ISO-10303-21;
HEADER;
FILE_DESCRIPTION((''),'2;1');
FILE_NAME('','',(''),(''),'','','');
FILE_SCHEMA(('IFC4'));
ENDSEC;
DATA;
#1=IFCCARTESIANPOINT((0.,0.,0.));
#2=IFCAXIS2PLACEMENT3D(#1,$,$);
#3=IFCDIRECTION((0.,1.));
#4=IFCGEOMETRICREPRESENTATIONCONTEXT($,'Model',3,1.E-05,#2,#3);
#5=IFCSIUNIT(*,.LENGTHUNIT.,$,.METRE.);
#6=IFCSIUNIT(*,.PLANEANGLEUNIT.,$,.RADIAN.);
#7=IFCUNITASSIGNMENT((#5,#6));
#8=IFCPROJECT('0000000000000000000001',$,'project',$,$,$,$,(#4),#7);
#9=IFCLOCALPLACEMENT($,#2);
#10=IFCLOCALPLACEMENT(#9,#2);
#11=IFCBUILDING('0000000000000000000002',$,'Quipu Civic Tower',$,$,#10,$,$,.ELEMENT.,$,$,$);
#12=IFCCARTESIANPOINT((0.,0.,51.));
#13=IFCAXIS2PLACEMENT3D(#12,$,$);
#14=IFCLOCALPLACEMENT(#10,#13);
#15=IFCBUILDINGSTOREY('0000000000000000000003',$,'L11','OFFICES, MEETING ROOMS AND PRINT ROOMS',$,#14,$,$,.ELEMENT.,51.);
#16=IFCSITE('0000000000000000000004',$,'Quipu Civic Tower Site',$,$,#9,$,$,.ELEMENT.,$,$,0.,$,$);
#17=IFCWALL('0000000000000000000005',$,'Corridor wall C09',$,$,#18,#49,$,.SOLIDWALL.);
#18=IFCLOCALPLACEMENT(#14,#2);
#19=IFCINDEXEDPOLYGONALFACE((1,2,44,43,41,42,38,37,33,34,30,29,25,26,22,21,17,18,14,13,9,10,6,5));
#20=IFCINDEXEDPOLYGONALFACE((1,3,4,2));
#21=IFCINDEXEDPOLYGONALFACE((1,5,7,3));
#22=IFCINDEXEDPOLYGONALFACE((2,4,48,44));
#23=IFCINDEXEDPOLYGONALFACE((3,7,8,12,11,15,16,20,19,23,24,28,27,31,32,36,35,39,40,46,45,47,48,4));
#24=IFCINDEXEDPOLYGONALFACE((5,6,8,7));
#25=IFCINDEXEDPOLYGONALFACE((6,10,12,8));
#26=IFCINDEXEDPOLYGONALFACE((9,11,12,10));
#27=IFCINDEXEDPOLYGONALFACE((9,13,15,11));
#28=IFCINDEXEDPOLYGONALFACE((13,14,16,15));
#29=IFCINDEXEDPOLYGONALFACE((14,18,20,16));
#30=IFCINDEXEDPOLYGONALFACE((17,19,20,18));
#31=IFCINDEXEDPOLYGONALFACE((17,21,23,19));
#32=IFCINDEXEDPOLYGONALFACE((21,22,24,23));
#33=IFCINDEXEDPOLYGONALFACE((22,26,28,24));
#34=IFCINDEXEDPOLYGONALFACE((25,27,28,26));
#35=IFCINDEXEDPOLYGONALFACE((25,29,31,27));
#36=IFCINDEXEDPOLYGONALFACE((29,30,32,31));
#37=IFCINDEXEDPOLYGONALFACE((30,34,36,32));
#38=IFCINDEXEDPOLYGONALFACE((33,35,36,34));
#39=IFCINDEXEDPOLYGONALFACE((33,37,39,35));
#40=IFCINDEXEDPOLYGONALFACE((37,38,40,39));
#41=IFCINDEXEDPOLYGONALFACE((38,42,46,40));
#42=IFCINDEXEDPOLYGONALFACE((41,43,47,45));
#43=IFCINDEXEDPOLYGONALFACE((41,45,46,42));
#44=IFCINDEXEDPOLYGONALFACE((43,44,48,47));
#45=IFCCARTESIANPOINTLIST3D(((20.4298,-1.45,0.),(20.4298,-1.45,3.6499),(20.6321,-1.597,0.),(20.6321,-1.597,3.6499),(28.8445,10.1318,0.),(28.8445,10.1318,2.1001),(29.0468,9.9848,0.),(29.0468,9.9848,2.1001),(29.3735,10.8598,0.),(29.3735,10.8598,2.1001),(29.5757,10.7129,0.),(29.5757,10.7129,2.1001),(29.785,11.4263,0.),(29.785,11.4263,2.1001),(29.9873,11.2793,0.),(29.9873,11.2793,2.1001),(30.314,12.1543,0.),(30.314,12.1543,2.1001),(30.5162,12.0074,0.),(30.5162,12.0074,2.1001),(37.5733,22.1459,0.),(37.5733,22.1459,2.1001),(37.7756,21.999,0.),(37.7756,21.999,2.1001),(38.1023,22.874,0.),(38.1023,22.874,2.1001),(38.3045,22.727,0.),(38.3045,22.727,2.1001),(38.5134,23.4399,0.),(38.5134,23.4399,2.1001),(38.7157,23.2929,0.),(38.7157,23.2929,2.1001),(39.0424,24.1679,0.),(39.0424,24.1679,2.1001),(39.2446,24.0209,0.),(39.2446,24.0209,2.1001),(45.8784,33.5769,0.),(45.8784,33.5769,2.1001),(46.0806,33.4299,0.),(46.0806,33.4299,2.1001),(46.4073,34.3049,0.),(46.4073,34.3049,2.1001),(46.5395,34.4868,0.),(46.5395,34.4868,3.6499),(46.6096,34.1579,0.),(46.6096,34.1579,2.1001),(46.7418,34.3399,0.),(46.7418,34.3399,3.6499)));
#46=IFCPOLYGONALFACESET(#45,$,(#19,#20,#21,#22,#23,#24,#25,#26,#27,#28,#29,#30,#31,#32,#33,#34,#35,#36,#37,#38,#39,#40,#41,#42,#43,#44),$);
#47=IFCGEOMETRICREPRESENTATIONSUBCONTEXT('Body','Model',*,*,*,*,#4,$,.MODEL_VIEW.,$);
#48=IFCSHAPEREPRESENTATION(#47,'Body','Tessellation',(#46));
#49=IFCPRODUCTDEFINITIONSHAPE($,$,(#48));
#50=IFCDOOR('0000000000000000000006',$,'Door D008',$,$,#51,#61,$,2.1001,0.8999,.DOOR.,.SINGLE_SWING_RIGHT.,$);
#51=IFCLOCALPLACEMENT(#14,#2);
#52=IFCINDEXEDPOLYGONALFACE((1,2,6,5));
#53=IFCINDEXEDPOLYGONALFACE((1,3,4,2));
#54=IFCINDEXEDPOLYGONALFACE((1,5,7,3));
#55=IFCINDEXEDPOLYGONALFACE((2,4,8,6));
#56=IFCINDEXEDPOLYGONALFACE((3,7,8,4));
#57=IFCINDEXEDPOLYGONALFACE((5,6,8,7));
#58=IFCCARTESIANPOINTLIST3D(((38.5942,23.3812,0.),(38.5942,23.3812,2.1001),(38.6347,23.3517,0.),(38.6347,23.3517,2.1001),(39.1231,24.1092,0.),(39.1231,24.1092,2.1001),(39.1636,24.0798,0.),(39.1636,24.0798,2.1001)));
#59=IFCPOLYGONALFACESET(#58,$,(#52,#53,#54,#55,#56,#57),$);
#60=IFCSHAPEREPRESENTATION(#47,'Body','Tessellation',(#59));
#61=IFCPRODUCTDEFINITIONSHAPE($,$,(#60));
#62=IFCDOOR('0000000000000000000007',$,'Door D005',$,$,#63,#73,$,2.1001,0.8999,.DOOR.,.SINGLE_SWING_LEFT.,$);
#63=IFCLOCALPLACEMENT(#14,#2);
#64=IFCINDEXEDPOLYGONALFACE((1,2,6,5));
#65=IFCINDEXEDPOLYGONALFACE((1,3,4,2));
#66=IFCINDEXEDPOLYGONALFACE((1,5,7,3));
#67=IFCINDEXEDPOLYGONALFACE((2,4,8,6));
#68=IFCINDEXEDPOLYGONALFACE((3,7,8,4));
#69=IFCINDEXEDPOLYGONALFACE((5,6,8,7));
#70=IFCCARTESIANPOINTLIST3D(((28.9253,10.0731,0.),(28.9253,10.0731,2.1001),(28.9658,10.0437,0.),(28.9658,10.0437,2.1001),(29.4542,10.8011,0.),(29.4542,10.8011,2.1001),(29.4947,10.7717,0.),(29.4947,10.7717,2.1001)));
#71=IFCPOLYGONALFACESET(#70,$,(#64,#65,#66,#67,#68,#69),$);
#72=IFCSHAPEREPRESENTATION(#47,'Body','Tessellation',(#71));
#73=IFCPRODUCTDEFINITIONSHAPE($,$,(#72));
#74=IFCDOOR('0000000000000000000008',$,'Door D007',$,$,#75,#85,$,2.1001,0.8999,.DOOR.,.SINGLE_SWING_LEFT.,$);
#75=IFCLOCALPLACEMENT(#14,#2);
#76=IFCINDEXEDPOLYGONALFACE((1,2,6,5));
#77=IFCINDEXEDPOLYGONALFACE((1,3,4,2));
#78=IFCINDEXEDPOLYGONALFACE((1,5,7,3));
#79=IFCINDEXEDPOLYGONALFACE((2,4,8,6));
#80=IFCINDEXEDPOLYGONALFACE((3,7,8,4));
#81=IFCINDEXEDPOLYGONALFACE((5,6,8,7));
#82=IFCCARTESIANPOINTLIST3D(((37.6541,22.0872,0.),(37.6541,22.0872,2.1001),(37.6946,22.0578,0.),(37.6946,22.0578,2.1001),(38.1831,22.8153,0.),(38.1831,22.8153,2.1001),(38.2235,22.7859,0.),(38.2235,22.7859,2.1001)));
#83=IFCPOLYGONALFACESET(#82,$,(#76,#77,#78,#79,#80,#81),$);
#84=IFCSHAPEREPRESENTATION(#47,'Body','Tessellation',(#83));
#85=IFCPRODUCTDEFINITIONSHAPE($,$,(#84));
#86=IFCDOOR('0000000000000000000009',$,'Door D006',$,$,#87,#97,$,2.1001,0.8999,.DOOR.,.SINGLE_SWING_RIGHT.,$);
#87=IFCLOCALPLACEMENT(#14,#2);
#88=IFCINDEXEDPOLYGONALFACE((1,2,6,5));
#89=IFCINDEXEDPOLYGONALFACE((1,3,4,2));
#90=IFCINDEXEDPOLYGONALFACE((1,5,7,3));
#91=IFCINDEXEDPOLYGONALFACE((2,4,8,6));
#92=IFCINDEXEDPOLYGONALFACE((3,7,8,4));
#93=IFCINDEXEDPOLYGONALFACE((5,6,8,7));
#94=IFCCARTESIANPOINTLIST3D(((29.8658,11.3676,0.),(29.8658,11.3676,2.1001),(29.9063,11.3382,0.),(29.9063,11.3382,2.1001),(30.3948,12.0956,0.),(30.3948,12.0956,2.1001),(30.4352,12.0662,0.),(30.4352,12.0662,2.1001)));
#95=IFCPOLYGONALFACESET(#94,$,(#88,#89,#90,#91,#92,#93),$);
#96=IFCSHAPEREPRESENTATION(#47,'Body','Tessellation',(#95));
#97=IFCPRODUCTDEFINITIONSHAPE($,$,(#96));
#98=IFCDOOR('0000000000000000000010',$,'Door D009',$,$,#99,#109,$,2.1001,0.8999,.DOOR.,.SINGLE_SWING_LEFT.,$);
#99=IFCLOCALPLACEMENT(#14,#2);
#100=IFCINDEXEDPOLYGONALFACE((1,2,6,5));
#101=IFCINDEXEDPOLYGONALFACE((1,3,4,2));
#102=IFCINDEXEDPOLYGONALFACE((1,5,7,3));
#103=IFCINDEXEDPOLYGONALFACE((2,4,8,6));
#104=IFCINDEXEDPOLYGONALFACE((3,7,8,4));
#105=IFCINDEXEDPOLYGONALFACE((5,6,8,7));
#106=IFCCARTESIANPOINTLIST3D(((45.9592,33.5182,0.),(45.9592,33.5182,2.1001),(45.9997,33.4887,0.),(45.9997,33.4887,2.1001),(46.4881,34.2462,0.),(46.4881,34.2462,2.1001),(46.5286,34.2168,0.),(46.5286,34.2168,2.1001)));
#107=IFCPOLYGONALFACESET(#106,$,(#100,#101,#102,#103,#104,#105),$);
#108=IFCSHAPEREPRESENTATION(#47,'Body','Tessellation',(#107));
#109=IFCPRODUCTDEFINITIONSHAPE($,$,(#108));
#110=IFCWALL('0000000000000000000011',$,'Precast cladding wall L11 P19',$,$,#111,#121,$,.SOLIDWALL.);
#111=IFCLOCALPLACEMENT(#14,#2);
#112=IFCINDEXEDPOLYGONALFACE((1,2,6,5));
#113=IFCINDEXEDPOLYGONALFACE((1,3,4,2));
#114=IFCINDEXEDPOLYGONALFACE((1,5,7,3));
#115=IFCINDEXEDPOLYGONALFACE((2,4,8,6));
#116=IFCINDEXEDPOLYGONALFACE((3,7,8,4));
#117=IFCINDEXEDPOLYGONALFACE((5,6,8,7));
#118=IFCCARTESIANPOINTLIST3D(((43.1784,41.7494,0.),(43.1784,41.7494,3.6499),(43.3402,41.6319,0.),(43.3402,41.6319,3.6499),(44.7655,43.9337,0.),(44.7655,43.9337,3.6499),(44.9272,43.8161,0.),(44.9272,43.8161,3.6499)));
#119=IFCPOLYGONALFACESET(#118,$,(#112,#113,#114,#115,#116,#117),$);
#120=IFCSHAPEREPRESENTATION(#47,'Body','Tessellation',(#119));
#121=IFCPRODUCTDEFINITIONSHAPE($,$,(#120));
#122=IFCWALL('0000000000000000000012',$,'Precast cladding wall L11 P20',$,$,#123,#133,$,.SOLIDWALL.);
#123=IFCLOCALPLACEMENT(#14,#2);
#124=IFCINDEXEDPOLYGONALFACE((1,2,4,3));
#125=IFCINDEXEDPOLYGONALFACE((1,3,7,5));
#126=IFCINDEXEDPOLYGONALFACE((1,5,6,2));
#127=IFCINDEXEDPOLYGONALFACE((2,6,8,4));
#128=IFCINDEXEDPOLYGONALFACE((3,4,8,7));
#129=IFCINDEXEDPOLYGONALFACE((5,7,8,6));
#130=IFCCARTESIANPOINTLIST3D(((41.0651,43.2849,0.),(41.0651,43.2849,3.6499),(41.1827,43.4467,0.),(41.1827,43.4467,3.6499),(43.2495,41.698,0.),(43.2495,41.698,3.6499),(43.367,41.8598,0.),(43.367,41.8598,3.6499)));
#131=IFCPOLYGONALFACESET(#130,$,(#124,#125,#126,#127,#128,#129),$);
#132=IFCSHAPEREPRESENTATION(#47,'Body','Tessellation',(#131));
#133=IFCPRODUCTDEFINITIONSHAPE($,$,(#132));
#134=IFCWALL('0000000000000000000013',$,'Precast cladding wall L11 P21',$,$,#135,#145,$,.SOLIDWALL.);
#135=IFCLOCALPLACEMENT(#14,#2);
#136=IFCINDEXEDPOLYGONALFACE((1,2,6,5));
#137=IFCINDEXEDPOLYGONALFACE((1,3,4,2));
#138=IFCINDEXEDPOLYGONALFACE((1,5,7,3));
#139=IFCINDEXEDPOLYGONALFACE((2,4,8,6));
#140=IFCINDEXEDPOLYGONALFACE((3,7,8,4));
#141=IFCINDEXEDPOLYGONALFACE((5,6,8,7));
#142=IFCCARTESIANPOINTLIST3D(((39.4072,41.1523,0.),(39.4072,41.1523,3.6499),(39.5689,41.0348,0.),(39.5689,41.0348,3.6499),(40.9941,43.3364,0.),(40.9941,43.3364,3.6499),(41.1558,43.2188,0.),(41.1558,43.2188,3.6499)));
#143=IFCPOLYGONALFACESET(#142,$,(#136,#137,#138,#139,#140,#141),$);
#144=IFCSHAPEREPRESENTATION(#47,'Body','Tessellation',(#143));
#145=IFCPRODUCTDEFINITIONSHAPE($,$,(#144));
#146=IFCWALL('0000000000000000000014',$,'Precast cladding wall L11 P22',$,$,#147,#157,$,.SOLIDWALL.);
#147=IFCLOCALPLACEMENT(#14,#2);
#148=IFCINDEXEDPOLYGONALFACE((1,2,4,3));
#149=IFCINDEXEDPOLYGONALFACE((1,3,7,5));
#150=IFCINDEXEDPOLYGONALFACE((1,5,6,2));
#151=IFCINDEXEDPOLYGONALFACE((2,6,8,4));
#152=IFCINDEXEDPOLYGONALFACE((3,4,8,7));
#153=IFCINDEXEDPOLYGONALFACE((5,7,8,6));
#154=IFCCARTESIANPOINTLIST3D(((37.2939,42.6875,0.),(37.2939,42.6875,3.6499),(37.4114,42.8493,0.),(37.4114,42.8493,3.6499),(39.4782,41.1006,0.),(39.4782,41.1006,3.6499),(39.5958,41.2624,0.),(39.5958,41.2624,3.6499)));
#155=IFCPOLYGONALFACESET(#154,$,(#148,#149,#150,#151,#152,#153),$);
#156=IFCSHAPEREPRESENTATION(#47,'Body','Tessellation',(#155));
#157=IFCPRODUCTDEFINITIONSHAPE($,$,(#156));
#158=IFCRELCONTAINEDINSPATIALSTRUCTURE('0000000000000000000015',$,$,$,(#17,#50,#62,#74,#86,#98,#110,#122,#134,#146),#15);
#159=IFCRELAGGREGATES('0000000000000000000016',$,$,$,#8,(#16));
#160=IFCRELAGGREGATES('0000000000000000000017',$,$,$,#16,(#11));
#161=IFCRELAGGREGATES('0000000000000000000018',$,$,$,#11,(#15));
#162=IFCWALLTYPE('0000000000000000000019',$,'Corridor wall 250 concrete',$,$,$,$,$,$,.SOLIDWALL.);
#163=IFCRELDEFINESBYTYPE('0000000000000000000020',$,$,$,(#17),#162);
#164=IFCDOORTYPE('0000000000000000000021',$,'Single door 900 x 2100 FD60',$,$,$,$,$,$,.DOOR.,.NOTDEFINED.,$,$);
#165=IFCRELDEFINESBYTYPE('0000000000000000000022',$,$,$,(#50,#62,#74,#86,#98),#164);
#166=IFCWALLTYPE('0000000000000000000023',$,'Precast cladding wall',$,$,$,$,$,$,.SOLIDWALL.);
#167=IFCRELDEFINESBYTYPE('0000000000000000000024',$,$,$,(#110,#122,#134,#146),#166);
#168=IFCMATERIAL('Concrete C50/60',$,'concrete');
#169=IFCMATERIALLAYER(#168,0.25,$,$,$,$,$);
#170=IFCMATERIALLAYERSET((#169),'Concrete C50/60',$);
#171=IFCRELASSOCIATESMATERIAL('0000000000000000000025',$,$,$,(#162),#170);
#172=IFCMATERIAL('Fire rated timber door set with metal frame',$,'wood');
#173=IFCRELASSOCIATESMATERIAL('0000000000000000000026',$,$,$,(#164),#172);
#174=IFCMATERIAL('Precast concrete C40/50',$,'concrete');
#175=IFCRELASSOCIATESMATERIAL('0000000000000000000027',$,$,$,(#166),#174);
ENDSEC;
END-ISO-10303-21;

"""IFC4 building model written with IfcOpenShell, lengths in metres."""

from ifc_helpers import new_model, si_unit, direction, frame, frame_2d, origin, place, context, subcontext, project, spatial, rectangle, extrude, material, layer, layer_set, type_object, element, fill, save


model = new_model("IFC4")

# Units and contexts
model_context = context("Model", 3, precision=1e-05, world=origin(), true_north=direction((0.0, 1.0)))
body_context = subcontext(model_context, "Body", "Model", "MODEL_VIEW")
ifc_project = project(units=[si_unit("LENGTHUNIT", "METRE"), si_unit("PLANEANGLEUNIT", "RADIAN")], contexts=[model_context])

# Site, building, storey
site_placement = place(None, origin())
site = spatial("IfcSite", under=ifc_project, at=site_placement, Name="Quipu Civic Tower Site", CompositionType="ELEMENT", RefElevation=0.0)
building_placement = place(site_placement, origin())
building = spatial("IfcBuilding", under=site, at=building_placement, Name="Quipu Civic Tower", CompositionType="ELEMENT")
storey_placement = place(building_placement, frame((0.0, 0.0, 51.0)))
storey = spatial("IfcBuildingStorey", under=building, at=storey_placement, Name="L11", Description="OFFICES, MEETING ROOMS AND PRINT ROOMS", CompositionType="ELEMENT", Elevation=51.0)

# Shared definitions
ifc_material_1 = material(Name="Concrete C50/60", Category="concrete")
ifc_layer_1 = layer(ifc_material_1, 0.25)
ifc_layer_set_1 = layer_set([ifc_layer_1], Name="Concrete C50/60")
wall_type_1 = type_object("IfcWallType", Name="Corridor wall 250 concrete", PredefinedType="SOLIDWALL", material=ifc_layer_set_1)

# Wall, openings, doors
wall_1_placement = place(storey_placement, frame((46.6406, 34.4133, 0.0), z_axis=(0.0, 0.0, 1.0), x_axis=(-0.587786, -0.809017, 0.0)))
wall_1 = element("IfcWall", 1, at=wall_1_placement, inside=storey, type_object=wall_type_1, Name="Corridor wall C09", PredefinedType="SOLIDWALL", context=body_context, shape_type="SweptSolid", body=[
    extrude(rectangle(XDim=44.4204, YDim=0.25, at=frame_2d((22.2102, 0.0))), origin(), (0.0, 0.0, 1.0), 3.6499),
])
opening_1_placement = place(wall_1_placement, frame((12.7549, 0.0, 0.0)))
opening_1 = element("IfcOpeningElement", 2, at=opening_1_placement, cuts=wall_1, PredefinedType="OPENING", context=body_context, shape_type="SweptSolid", body=[
    extrude(rectangle(XDim=0.8999, YDim=2.1001, at=frame_2d((0.45, 1.05))), frame((0.0, 0.135, 0.0), z_axis=(0.0, -1.0, 0.0), x_axis=(1.0, 0.0, 0.0)), (0.0, 0.0, 1.0), 0.27),
])
opening_2_placement = place(wall_1_placement, frame((29.2046, 0.0, 0.0)))
opening_2 = element("IfcOpeningElement", 3, at=opening_2_placement, cuts=wall_1, PredefinedType="OPENING", context=body_context, shape_type="SweptSolid", body=[
    extrude(rectangle(XDim=0.8999, YDim=2.1001, at=frame_2d((0.45, 1.05))), frame((0.0, 0.135, 0.0), z_axis=(0.0, -1.0, 0.0), x_axis=(1.0, 0.0, 0.0)), (0.0, 0.0, 1.0), 0.27),
])
opening_3_placement = place(wall_1_placement, frame((14.3542, 0.0, 0.0)))
opening_3 = element("IfcOpeningElement", 4, at=opening_3_placement, cuts=wall_1, PredefinedType="OPENING", context=body_context, shape_type="SweptSolid", body=[
    extrude(rectangle(XDim=0.8999, YDim=2.1001, at=frame_2d((0.45, 1.05))), frame((0.0, 0.135, 0.0), z_axis=(0.0, -1.0, 0.0), x_axis=(1.0, 0.0, 0.0)), (0.0, 0.0, 1.0), 0.27),
])
opening_4_placement = place(wall_1_placement, frame((27.6045, 0.0, 0.0)))
opening_4 = element("IfcOpeningElement", 5, at=opening_4_placement, cuts=wall_1, PredefinedType="OPENING", context=body_context, shape_type="SweptSolid", body=[
    extrude(rectangle(XDim=0.8999, YDim=2.1001, at=frame_2d((0.45, 1.05))), frame((0.0, 0.135, 0.0), z_axis=(0.0, -1.0, 0.0), x_axis=(1.0, 0.0, 0.0)), (0.0, 0.0, 1.0), 0.27),
])
opening_5_placement = place(wall_1_placement, frame((0.2249, 0.0, 0.0)))
opening_5 = element("IfcOpeningElement", 6, at=opening_5_placement, cuts=wall_1, PredefinedType="OPENING", context=body_context, shape_type="SweptSolid", body=[
    extrude(rectangle(XDim=0.8999, YDim=2.1001, at=frame_2d((0.45, 1.05))), frame((0.0, 0.135, 0.0), z_axis=(0.0, -1.0, 0.0), x_axis=(1.0, 0.0, 0.0)), (0.0, 0.0, 1.0), 0.27),
])
ifc_material_2 = material(Name="Fire rated timber door set with metal frame", Category="wood")
door_type_1 = type_object("IfcDoorType", Name="Single door 900 x 2100 FD60", OperationType="NOTDEFINED", PredefinedType="DOOR", material=ifc_material_2)
door_1_placement = place(opening_1_placement, origin())
door_1 = element("IfcDoor", 7, at=door_1_placement, inside=storey, type_object=door_type_1, Name="Door D008", OperationType="SINGLE_SWING_RIGHT", OverallHeight=2.1001, OverallWidth=0.8999, PredefinedType="DOOR", context=body_context, shape_type="SweptSolid", body=[
    extrude(rectangle(XDim=0.8999, YDim=2.1001, at=frame_2d((0.45, 1.05))), frame((0.0, 0.0249, 0.0), z_axis=(0.0, -1.0, 0.0), x_axis=(1.0, 0.0, 0.0)), (0.0, 0.0, 1.0), 0.05),
])
fill(opening_1, door_1)
door_2_placement = place(opening_2_placement, origin())
door_2 = element("IfcDoor", 8, at=door_2_placement, inside=storey, type_object=door_type_1, Name="Door D005", OperationType="SINGLE_SWING_LEFT", OverallHeight=2.1001, OverallWidth=0.8999, PredefinedType="DOOR", context=body_context, shape_type="SweptSolid", body=[
    extrude(rectangle(XDim=0.8999, YDim=2.1001, at=frame_2d((0.45, 1.05))), frame((0.0, 0.0249, 0.0), z_axis=(0.0, -1.0, 0.0), x_axis=(1.0, 0.0, 0.0)), (0.0, 0.0, 1.0), 0.05),
])
fill(opening_2, door_2)
door_3_placement = place(opening_3_placement, origin())
door_3 = element("IfcDoor", 9, at=door_3_placement, inside=storey, type_object=door_type_1, Name="Door D007", OperationType="SINGLE_SWING_LEFT", OverallHeight=2.1001, OverallWidth=0.8999, PredefinedType="DOOR", context=body_context, shape_type="SweptSolid", body=[
    extrude(rectangle(XDim=0.8999, YDim=2.1001, at=frame_2d((0.45, 1.05))), frame((0.0, 0.0249, 0.0), z_axis=(0.0, -1.0, 0.0), x_axis=(1.0, 0.0, 0.0)), (0.0, 0.0, 1.0), 0.05),
])
fill(opening_3, door_3)
door_4_placement = place(opening_4_placement, origin())
door_4 = element("IfcDoor", 10, at=door_4_placement, inside=storey, type_object=door_type_1, Name="Door D006", OperationType="SINGLE_SWING_RIGHT", OverallHeight=2.1001, OverallWidth=0.8999, PredefinedType="DOOR", context=body_context, shape_type="SweptSolid", body=[
    extrude(rectangle(XDim=0.8999, YDim=2.1001, at=frame_2d((0.45, 1.05))), frame((0.0, 0.0249, 0.0), z_axis=(0.0, -1.0, 0.0), x_axis=(1.0, 0.0, 0.0)), (0.0, 0.0, 1.0), 0.05),
])
fill(opening_4, door_4)
door_5_placement = place(opening_5_placement, origin())
door_5 = element("IfcDoor", 11, at=door_5_placement, inside=storey, type_object=door_type_1, Name="Door D009", OperationType="SINGLE_SWING_LEFT", OverallHeight=2.1001, OverallWidth=0.8999, PredefinedType="DOOR", context=body_context, shape_type="SweptSolid", body=[
    extrude(rectangle(XDim=0.8999, YDim=2.1001, at=frame_2d((0.45, 1.05))), frame((0.0, 0.0249, 0.0), z_axis=(0.0, -1.0, 0.0), x_axis=(1.0, 0.0, 0.0)), (0.0, 0.0, 1.0), 0.05),
])
fill(opening_5, door_5)

# Walls
ifc_material_3 = material(Name="Precast concrete C40/50", Category="concrete")
wall_type_2 = type_object("IfcWallType", Name="Precast cladding wall", PredefinedType="SOLIDWALL", material=ifc_material_3)
for number, where, z_axis, x_axis, name in (
    (12, (44.8464, 43.875, 0.0), (0.0, 0.0, 1.0), (-0.587822, -0.80899, 0.0), "Precast cladding wall L11 P19"),
    (13, (43.3083, 41.7788, 0.0), (0.0, 0.0, 1.0), (-0.809033, 0.587763, 0.0), "Precast cladding wall L11 P20"),
):
    element("IfcWall", number, at=place(storey_placement, frame(where, z_axis=z_axis, x_axis=x_axis)), inside=storey, type_object=wall_type_2, Name=name, PredefinedType="SOLIDWALL", context=body_context, shape_type="SweptSolid", body=[
        extrude(rectangle(XDim=2.7, YDim=0.2, at=frame_2d((1.3501, 0.0))), origin(), (0.0, 0.0, 1.0), 3.6499),
    ])
wall_2_placement = place(storey_placement, frame((41.075, 43.2776, 0.0), z_axis=(0.0, 0.0, 1.0), x_axis=(-0.587806, -0.809002, 0.0)))
element("IfcWall", 14, at=wall_2_placement, inside=storey, type_object=wall_type_2, Name="Precast cladding wall L11 P21", PredefinedType="SOLIDWALL", context=body_context, shape_type="SweptSolid", body=[
    extrude(rectangle(XDim=2.6997, YDim=0.2, at=frame_2d((1.3499, 0.0))), origin(), (0.0, 0.0, 1.0), 3.6499),
])
wall_3_placement = place(storey_placement, frame((39.5371, 41.1814, 0.0), z_axis=(0.0, 0.0, 1.0), x_axis=(-0.809033, 0.587763, 0.0)))
element("IfcWall", 15, at=wall_3_placement, inside=storey, type_object=wall_type_2, Name="Precast cladding wall L11 P22", PredefinedType="SOLIDWALL", context=body_context, shape_type="SweptSolid", body=[
    extrude(rectangle(XDim=2.7, YDim=0.2, at=frame_2d((1.3501, 0.0))), origin(), (0.0, 0.0, 1.0), 3.6499),
])

save(model, "model.ifc")
